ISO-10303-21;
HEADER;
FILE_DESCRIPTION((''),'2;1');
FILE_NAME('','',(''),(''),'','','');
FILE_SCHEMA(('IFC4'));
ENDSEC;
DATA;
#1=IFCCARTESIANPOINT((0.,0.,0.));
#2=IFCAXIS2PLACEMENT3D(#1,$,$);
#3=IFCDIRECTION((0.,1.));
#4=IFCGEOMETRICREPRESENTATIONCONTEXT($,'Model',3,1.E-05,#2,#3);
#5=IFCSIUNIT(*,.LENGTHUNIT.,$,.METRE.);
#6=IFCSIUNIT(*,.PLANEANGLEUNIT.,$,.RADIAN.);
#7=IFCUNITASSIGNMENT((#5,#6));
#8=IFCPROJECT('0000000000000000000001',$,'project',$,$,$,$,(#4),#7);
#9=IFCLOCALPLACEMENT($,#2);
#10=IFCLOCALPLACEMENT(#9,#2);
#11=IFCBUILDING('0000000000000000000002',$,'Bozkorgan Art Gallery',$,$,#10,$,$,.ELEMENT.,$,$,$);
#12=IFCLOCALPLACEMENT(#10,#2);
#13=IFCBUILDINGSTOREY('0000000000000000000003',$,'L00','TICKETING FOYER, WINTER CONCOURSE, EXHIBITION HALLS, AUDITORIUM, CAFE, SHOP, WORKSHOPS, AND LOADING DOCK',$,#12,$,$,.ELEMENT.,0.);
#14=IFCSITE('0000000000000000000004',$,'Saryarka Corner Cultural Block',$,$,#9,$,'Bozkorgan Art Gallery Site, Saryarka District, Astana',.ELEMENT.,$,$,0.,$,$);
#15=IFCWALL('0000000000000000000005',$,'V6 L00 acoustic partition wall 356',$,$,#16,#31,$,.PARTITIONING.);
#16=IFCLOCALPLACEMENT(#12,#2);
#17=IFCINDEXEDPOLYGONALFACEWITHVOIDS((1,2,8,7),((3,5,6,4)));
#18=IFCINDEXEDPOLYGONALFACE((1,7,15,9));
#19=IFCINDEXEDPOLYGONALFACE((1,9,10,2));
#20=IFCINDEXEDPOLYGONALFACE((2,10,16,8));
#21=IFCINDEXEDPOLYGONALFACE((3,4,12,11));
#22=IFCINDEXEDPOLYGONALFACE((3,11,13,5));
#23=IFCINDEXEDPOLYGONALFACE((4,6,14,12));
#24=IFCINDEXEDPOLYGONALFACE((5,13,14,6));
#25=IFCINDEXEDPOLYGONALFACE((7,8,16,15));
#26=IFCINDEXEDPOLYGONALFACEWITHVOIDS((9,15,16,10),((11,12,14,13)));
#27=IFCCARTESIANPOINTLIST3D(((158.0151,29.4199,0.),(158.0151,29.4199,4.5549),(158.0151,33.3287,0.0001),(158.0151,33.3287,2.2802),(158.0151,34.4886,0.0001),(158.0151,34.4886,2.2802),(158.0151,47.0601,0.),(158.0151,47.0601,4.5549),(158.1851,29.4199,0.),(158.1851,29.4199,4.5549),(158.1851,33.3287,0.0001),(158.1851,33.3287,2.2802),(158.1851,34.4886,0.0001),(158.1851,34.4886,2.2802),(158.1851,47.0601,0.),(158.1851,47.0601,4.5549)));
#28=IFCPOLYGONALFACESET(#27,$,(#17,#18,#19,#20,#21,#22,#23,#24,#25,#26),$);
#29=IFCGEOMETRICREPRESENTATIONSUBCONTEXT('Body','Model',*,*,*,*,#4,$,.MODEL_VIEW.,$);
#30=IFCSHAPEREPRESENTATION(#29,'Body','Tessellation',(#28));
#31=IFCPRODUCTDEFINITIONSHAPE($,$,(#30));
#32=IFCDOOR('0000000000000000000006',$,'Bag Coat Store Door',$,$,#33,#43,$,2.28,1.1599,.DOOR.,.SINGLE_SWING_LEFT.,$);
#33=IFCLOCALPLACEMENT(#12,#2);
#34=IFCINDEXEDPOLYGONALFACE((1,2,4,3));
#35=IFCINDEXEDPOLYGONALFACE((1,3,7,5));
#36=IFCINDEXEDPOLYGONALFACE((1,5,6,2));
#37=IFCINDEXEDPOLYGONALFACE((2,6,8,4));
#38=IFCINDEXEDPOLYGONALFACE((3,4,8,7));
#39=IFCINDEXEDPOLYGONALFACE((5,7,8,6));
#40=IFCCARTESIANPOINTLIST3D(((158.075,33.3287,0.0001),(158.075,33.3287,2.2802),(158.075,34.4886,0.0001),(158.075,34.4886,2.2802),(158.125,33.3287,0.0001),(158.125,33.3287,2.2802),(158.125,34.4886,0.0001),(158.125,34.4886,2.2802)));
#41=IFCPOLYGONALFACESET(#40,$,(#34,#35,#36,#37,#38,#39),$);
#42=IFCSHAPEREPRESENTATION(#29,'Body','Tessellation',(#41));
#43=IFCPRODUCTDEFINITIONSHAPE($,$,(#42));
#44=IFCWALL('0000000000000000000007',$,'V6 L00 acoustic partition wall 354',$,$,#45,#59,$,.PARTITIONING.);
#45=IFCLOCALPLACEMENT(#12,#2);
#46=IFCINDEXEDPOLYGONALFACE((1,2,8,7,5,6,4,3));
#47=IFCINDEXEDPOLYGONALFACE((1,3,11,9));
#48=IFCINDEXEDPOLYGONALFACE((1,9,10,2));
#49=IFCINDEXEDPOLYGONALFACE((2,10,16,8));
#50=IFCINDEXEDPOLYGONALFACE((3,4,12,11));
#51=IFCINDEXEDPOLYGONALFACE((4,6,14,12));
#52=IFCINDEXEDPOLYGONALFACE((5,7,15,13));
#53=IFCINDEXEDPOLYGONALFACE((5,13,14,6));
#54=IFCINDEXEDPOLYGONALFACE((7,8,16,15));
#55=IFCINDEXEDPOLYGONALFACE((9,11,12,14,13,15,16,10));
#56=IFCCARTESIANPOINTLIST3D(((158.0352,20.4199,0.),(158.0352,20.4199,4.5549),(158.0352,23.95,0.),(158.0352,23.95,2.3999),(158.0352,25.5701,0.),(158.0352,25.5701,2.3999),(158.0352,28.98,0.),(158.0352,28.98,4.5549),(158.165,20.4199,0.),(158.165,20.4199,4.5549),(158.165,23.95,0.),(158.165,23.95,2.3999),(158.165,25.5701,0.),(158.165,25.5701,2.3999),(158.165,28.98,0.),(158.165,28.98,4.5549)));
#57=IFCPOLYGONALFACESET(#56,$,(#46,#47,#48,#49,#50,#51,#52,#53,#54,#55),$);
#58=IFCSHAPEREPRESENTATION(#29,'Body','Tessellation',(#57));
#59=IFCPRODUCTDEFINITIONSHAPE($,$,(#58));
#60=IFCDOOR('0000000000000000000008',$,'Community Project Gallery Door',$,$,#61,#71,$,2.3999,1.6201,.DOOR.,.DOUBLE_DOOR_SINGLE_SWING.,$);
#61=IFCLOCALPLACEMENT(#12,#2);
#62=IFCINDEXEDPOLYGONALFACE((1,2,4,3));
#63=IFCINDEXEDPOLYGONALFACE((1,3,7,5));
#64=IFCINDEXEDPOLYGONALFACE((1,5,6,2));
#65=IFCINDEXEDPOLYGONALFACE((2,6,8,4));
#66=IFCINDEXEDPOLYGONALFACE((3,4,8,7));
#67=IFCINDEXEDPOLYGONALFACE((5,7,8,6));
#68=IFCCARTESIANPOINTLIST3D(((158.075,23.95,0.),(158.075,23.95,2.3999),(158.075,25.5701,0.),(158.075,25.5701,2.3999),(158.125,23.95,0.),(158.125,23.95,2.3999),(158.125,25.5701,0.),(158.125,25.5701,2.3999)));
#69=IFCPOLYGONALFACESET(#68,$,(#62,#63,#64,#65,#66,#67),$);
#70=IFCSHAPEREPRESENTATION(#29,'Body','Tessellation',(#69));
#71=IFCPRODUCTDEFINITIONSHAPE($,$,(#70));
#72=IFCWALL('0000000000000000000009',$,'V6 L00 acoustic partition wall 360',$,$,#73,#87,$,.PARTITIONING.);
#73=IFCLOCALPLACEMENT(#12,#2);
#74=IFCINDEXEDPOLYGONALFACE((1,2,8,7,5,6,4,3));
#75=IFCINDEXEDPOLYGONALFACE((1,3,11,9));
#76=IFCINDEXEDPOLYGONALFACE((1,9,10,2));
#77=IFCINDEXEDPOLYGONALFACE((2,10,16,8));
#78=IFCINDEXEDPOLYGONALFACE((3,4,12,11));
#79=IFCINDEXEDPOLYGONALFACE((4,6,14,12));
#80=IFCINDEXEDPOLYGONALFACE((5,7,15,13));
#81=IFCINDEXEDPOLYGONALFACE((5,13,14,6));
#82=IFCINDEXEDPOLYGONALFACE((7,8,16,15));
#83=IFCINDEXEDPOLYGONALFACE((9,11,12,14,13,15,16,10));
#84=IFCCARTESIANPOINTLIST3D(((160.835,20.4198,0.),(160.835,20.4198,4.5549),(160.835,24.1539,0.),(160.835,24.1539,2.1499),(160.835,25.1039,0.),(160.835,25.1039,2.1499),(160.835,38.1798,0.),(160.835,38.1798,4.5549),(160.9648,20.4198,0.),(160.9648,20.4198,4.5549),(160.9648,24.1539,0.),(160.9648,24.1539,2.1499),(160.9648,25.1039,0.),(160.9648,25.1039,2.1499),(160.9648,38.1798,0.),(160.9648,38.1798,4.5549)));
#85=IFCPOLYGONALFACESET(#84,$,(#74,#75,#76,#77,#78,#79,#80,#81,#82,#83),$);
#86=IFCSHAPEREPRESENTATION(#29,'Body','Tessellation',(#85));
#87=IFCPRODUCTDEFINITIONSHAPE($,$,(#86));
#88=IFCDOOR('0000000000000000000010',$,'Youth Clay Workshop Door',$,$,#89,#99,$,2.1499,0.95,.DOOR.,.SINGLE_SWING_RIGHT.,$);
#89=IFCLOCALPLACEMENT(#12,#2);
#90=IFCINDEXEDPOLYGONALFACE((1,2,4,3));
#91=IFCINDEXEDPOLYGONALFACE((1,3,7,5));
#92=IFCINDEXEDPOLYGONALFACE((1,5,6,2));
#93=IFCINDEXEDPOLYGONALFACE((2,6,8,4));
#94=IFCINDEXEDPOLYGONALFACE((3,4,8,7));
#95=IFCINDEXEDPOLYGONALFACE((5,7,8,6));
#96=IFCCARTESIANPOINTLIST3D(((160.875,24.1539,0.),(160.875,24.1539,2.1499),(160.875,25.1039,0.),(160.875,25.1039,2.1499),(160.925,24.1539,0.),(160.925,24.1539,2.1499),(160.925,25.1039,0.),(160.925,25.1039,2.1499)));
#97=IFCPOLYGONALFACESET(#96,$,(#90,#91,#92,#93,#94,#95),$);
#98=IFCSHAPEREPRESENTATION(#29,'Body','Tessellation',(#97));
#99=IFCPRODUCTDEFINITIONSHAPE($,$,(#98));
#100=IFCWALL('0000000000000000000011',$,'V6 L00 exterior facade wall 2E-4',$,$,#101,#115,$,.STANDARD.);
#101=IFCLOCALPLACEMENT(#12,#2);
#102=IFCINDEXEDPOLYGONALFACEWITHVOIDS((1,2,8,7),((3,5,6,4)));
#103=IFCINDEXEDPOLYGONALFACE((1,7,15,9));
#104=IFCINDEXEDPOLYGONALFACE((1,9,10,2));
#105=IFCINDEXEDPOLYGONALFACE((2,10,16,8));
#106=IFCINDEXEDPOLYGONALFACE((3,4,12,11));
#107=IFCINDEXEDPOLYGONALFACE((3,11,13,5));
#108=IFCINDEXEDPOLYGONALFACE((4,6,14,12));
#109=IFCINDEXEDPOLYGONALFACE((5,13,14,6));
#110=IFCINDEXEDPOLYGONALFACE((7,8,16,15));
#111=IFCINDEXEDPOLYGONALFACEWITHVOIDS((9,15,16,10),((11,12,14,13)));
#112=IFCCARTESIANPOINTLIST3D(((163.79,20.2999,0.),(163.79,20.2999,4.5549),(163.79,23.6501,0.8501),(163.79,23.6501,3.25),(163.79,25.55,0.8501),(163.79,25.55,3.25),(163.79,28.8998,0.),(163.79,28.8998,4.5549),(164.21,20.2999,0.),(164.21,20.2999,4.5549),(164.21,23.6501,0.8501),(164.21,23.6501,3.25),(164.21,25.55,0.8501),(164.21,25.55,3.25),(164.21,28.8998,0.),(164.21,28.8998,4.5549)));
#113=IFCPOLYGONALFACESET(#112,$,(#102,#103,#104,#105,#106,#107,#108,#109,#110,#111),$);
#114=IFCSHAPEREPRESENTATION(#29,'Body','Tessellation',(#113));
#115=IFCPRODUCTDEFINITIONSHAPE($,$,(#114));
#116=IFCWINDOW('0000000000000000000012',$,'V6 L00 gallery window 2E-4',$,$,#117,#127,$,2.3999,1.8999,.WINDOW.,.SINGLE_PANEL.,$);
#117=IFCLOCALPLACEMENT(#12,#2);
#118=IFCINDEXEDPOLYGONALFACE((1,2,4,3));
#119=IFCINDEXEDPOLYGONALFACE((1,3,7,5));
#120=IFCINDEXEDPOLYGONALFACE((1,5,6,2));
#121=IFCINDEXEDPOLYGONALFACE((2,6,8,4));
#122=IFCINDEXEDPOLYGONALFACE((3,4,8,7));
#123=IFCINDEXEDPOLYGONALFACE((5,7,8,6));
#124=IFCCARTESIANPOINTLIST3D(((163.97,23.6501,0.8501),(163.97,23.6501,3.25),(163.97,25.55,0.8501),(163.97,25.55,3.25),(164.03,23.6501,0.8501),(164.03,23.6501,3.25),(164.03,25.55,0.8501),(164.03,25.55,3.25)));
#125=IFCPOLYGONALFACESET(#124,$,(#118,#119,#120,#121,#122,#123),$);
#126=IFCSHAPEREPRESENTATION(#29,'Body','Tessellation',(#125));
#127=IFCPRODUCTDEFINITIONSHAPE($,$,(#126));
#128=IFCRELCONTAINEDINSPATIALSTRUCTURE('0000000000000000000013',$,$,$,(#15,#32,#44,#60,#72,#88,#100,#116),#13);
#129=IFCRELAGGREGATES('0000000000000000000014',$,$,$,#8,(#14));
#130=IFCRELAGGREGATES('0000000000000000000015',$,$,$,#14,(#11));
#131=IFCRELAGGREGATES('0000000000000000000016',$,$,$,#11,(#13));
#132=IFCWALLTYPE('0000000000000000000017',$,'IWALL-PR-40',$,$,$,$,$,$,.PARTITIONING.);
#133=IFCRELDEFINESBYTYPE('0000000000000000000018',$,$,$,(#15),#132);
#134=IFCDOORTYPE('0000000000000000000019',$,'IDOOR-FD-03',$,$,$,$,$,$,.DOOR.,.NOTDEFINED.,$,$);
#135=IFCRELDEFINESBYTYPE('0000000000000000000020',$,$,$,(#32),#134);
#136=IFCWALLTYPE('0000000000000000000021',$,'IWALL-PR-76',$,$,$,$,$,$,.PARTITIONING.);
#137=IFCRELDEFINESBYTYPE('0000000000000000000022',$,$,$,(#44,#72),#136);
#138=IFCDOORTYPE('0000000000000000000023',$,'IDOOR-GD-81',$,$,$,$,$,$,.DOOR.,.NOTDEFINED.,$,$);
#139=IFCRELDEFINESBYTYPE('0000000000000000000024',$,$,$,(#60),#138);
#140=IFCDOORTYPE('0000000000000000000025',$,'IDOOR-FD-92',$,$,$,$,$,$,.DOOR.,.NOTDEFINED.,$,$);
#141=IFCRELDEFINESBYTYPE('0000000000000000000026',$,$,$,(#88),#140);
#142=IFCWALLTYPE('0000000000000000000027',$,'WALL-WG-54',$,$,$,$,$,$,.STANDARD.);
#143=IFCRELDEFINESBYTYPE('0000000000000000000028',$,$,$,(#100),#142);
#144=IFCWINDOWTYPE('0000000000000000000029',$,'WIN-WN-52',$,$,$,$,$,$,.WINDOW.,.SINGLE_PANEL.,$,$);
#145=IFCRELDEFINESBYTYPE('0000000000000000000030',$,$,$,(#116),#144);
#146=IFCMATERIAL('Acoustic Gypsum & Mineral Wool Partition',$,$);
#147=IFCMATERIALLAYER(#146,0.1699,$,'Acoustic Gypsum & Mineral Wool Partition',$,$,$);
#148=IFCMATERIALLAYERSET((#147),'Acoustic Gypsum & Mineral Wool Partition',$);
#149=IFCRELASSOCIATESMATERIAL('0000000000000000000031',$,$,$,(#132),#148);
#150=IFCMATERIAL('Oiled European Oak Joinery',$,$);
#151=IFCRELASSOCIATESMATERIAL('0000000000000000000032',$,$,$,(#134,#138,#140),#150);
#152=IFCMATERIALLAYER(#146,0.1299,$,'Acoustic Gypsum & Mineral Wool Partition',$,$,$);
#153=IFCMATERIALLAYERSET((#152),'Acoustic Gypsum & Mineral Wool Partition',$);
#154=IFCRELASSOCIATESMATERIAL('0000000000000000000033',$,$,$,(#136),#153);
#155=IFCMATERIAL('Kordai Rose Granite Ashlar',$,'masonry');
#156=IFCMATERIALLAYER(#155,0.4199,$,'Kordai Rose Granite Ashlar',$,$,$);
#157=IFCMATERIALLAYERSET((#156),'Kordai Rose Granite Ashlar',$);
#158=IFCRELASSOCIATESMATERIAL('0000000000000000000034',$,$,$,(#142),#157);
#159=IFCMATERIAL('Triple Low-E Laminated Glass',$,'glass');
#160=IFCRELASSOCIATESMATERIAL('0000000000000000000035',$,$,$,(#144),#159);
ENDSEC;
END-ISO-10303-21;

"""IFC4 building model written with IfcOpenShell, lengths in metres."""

from ifc_helpers import new_model, si_unit, direction, frame, frame_2d, origin, place, context, subcontext, project, spatial, rectangle, extrude, material, layer, layer_set, type_object, element, fill, save


model = new_model("IFC4")

# Units and contexts
model_context = context("Model", 3, precision=1e-05, world=origin(), true_north=direction((0.0, 1.0)))
body_context = subcontext(model_context, "Body", "Model", "MODEL_VIEW")
ifc_project = project(units=[si_unit("LENGTHUNIT", "METRE"), si_unit("PLANEANGLEUNIT", "RADIAN")], contexts=[model_context])

# Site, building, storey
site_placement = place(None, origin())
site = spatial("IfcSite", under=ifc_project, at=site_placement, Name="Saryarka Corner Cultural Block", LongName="Bozkorgan Art Gallery Site, Saryarka District, Astana", CompositionType="ELEMENT", RefElevation=0.0)
building_placement = place(site_placement, origin())
building = spatial("IfcBuilding", under=site, at=building_placement, Name="Bozkorgan Art Gallery", CompositionType="ELEMENT")
storey_placement = place(building_placement, origin())
storey = spatial("IfcBuildingStorey", under=building, at=storey_placement, Name="L00", Description="TICKETING FOYER, WINTER CONCOURSE, EXHIBITION HALLS, AUDITORIUM, CAFE, SHOP, WORKSHOPS, AND LOADING DOCK", CompositionType="ELEMENT", Elevation=0.0)

# Walls, openings, doors
ifc_material_1 = material(Name="Acoustic Gypsum & Mineral Wool Partition")
ifc_layer_1 = layer(ifc_material_1, 0.1699, Name="Acoustic Gypsum & Mineral Wool Partition")
ifc_layer_set_1 = layer_set([ifc_layer_1], Name="Acoustic Gypsum & Mineral Wool Partition")
wall_type_1 = type_object("IfcWallType", Name="IWALL-PR-40", PredefinedType="PARTITIONING", material=ifc_layer_set_1)
wall_1_placement = place(storey_placement, frame((158.1001, 29.4199, 0.0), z_axis=(0.0, 0.0, 1.0), x_axis=(0.0, 1.0, 0.0)))
wall_1 = element("IfcWall", 1, at=wall_1_placement, inside=storey, type_object=wall_type_1, Name="V6 L00 acoustic partition wall 356", PredefinedType="PARTITIONING", context=body_context, shape_type="SweptSolid", body=[
    extrude(rectangle(XDim=17.6401, YDim=0.1699, at=frame_2d((8.8201, 0.0))), origin(), (0.0, 0.0, 1.0), 4.5549),
])
opening_1_placement = place(wall_1_placement, frame((5.0688, 0.0, 0.0), z_axis=(0.0, 0.0, 1.0), x_axis=(-1.0, 0.0, 0.0)))
opening_1 = element("IfcOpeningElement", 2, at=opening_1_placement, cuts=wall_1, PredefinedType="OPENING", context=body_context, shape_type="SweptSolid", body=[
    extrude(rectangle(XDim=1.1599, YDim=2.28, at=frame_2d((0.5801, 1.1401))), frame((0.0, 0.095, 0.0), z_axis=(0.0, -1.0, 0.0), x_axis=(1.0, 0.0, 0.0)), (0.0, 0.0, 1.0), 0.1899),
])
ifc_material_2 = material(Name="Oiled European Oak Joinery")
door_type_1 = type_object("IfcDoorType", Name="IDOOR-FD-03", OperationType="NOTDEFINED", PredefinedType="DOOR", material=ifc_material_2)
door_1_placement = place(opening_1_placement, origin())
door_1 = element("IfcDoor", 3, at=door_1_placement, inside=storey, type_object=door_type_1, Name="Bag Coat Store Door", OperationType="SINGLE_SWING_LEFT", OverallHeight=2.28, OverallWidth=1.1599, PredefinedType="DOOR", context=body_context, shape_type="SweptSolid", body=[
    extrude(rectangle(XDim=1.1599, YDim=2.28, at=frame_2d((0.5801, 1.1401))), frame((0.0, 0.0249, 0.0), z_axis=(0.0, -1.0, 0.0), x_axis=(1.0, 0.0, 0.0)), (0.0, 0.0, 1.0), 0.05),
])
fill(opening_1, door_1)
ifc_layer_2 = layer(ifc_material_1, 0.1299, Name="Acoustic Gypsum & Mineral Wool Partition")
ifc_layer_set_2 = layer_set([ifc_layer_2], Name="Acoustic Gypsum & Mineral Wool Partition")
wall_type_2 = type_object("IfcWallType", Name="IWALL-PR-76", PredefinedType="PARTITIONING", material=ifc_layer_set_2)
wall_2_placement = place(storey_placement, frame((158.1001, 20.4199, 0.0), z_axis=(0.0, 0.0, 1.0), x_axis=(0.0, 1.0, 0.0)))
wall_2 = element("IfcWall", 4, at=wall_2_placement, inside=storey, type_object=wall_type_2, Name="V6 L00 acoustic partition wall 354", PredefinedType="PARTITIONING", context=body_context, shape_type="SweptSolid", body=[
    extrude(rectangle(XDim=8.5601, YDim=0.1299, at=frame_2d((4.28, 0.0))), origin(), (0.0, 0.0, 1.0), 4.5549),
])
opening_2_placement = place(wall_2_placement, frame((5.1501, 0.0, 0.0), z_axis=(0.0, 0.0, 1.0), x_axis=(-1.0, 0.0, 0.0)))
opening_2 = element("IfcOpeningElement", 5, at=opening_2_placement, cuts=wall_2, PredefinedType="OPENING", context=body_context, shape_type="SweptSolid", body=[
    extrude(rectangle(XDim=1.6201, YDim=2.3999, at=frame_2d((0.8101, 1.2))), frame((0.0, 0.075, 0.0), z_axis=(0.0, -1.0, 0.0), x_axis=(1.0, 0.0, 0.0)), (0.0, 0.0, 1.0), 0.1499),
])
door_type_2 = type_object("IfcDoorType", Name="IDOOR-GD-81", OperationType="NOTDEFINED", PredefinedType="DOOR", material=ifc_material_2)
door_2_placement = place(opening_2_placement, origin())
door_2 = element("IfcDoor", 6, at=door_2_placement, inside=storey, type_object=door_type_2, Name="Community Project Gallery Door", OperationType="DOUBLE_DOOR_SINGLE_SWING", OverallHeight=2.3999, OverallWidth=1.6201, PredefinedType="DOOR", context=body_context, shape_type="SweptSolid", body=[
    extrude(rectangle(XDim=1.6201, YDim=2.3999, at=frame_2d((0.8101, 1.2))), frame((0.0, 0.0249, 0.0), z_axis=(0.0, -1.0, 0.0), x_axis=(1.0, 0.0, 0.0)), (0.0, 0.0, 1.0), 0.05),
])
fill(opening_2, door_2)
wall_3_placement = place(storey_placement, frame((160.8999, 20.4199, 0.0), z_axis=(0.0, 0.0, 1.0), x_axis=(0.0, 1.0, 0.0)))
wall_3 = element("IfcWall", 7, at=wall_3_placement, inside=storey, type_object=wall_type_2, Name="V6 L00 acoustic partition wall 360", PredefinedType="PARTITIONING", context=body_context, shape_type="SweptSolid", body=[
    extrude(rectangle(XDim=17.76, YDim=0.1299, at=frame_2d((8.8799, 0.0))), origin(), (0.0, 0.0, 1.0), 4.5549),
])
opening_3_placement = place(wall_3_placement, frame((3.7339, 0.0, 0.0)))
opening_3 = element("IfcOpeningElement", 8, at=opening_3_placement, cuts=wall_3, PredefinedType="OPENING", context=body_context, shape_type="SweptSolid", body=[
    extrude(rectangle(XDim=0.95, YDim=2.1499, at=frame_2d((0.4751, 1.075))), frame((0.0, 0.075, 0.0), z_axis=(0.0, -1.0, 0.0), x_axis=(1.0, 0.0, 0.0)), (0.0, 0.0, 1.0), 0.1499),
])
door_type_3 = type_object("IfcDoorType", Name="IDOOR-FD-92", OperationType="NOTDEFINED", PredefinedType="DOOR", material=ifc_material_2)
door_3_placement = place(opening_3_placement, origin())
door_3 = element("IfcDoor", 9, at=door_3_placement, inside=storey, type_object=door_type_3, Name="Youth Clay Workshop Door", OperationType="SINGLE_SWING_RIGHT", OverallHeight=2.1499, OverallWidth=0.95, PredefinedType="DOOR", context=body_context, shape_type="SweptSolid", body=[
    extrude(rectangle(XDim=0.95, YDim=2.1499, at=frame_2d((0.4751, 1.075))), frame((0.0, 0.0249, 0.0), z_axis=(0.0, -1.0, 0.0), x_axis=(1.0, 0.0, 0.0)), (0.0, 0.0, 1.0), 0.05),
])
fill(opening_3, door_3)

# Wall, opening, window
ifc_material_3 = material(Name="Kordai Rose Granite Ashlar", Category="masonry")
ifc_layer_3 = layer(ifc_material_3, 0.4199, Name="Kordai Rose Granite Ashlar")
ifc_layer_set_3 = layer_set([ifc_layer_3], Name="Kordai Rose Granite Ashlar")
wall_type_3 = type_object("IfcWallType", Name="WALL-WG-54", PredefinedType="STANDARD", material=ifc_layer_set_3)
wall_4_placement = place(storey_placement, frame((164.0, 20.3, 0.0), z_axis=(0.0, 0.0, 1.0), x_axis=(0.0, 1.0, 0.0)))
wall_4 = element("IfcWall", 10, at=wall_4_placement, inside=storey, type_object=wall_type_3, Name="V6 L00 exterior facade wall 2E-4", PredefinedType="STANDARD", context=body_context, shape_type="SweptSolid", body=[
    extrude(rectangle(XDim=8.5999, YDim=0.4199, at=frame_2d((4.2998, 0.0))), origin(), (0.0, 0.0, 1.0), 4.5549),
])
opening_4_placement = place(wall_4_placement, frame((5.25, 0.0, 0.8501), z_axis=(0.0, 0.0, 1.0), x_axis=(-1.0, 0.0, 0.0)))
opening_4 = element("IfcOpeningElement", 11, at=opening_4_placement, cuts=wall_4, PredefinedType="OPENING", context=body_context, shape_type="SweptSolid", body=[
    extrude(rectangle(XDim=1.8999, YDim=2.3999, at=frame_2d((0.95, 1.2))), frame((0.0, 0.22, 0.0), z_axis=(0.0, -1.0, 0.0), x_axis=(1.0, 0.0, 0.0)), (0.0, 0.0, 1.0), 0.4399),
])
ifc_material_4 = material(Name="Triple Low-E Laminated Glass", Category="glass")
window_type = type_object("IfcWindowType", Name="WIN-WN-52", PartitioningType="SINGLE_PANEL", PredefinedType="WINDOW", material=ifc_material_4)
window_placement = place(opening_4_placement, origin())
window = element("IfcWindow", 12, at=window_placement, inside=storey, type_object=window_type, Name="V6 L00 gallery window 2E-4", OverallHeight=2.3999, OverallWidth=1.8999, PartitioningType="SINGLE_PANEL", PredefinedType="WINDOW", context=body_context, shape_type="SweptSolid", body=[
    extrude(rectangle(XDim=1.8999, YDim=2.3999, at=frame_2d((0.95, 1.2))), frame((0.0, 0.03, 0.0), z_axis=(0.0, -1.0, 0.0), x_axis=(1.0, 0.0, 0.0)), (0.0, 0.0, 1.0), 0.0601),
])
fill(opening_4, window)

save(model, "model.ifc")
